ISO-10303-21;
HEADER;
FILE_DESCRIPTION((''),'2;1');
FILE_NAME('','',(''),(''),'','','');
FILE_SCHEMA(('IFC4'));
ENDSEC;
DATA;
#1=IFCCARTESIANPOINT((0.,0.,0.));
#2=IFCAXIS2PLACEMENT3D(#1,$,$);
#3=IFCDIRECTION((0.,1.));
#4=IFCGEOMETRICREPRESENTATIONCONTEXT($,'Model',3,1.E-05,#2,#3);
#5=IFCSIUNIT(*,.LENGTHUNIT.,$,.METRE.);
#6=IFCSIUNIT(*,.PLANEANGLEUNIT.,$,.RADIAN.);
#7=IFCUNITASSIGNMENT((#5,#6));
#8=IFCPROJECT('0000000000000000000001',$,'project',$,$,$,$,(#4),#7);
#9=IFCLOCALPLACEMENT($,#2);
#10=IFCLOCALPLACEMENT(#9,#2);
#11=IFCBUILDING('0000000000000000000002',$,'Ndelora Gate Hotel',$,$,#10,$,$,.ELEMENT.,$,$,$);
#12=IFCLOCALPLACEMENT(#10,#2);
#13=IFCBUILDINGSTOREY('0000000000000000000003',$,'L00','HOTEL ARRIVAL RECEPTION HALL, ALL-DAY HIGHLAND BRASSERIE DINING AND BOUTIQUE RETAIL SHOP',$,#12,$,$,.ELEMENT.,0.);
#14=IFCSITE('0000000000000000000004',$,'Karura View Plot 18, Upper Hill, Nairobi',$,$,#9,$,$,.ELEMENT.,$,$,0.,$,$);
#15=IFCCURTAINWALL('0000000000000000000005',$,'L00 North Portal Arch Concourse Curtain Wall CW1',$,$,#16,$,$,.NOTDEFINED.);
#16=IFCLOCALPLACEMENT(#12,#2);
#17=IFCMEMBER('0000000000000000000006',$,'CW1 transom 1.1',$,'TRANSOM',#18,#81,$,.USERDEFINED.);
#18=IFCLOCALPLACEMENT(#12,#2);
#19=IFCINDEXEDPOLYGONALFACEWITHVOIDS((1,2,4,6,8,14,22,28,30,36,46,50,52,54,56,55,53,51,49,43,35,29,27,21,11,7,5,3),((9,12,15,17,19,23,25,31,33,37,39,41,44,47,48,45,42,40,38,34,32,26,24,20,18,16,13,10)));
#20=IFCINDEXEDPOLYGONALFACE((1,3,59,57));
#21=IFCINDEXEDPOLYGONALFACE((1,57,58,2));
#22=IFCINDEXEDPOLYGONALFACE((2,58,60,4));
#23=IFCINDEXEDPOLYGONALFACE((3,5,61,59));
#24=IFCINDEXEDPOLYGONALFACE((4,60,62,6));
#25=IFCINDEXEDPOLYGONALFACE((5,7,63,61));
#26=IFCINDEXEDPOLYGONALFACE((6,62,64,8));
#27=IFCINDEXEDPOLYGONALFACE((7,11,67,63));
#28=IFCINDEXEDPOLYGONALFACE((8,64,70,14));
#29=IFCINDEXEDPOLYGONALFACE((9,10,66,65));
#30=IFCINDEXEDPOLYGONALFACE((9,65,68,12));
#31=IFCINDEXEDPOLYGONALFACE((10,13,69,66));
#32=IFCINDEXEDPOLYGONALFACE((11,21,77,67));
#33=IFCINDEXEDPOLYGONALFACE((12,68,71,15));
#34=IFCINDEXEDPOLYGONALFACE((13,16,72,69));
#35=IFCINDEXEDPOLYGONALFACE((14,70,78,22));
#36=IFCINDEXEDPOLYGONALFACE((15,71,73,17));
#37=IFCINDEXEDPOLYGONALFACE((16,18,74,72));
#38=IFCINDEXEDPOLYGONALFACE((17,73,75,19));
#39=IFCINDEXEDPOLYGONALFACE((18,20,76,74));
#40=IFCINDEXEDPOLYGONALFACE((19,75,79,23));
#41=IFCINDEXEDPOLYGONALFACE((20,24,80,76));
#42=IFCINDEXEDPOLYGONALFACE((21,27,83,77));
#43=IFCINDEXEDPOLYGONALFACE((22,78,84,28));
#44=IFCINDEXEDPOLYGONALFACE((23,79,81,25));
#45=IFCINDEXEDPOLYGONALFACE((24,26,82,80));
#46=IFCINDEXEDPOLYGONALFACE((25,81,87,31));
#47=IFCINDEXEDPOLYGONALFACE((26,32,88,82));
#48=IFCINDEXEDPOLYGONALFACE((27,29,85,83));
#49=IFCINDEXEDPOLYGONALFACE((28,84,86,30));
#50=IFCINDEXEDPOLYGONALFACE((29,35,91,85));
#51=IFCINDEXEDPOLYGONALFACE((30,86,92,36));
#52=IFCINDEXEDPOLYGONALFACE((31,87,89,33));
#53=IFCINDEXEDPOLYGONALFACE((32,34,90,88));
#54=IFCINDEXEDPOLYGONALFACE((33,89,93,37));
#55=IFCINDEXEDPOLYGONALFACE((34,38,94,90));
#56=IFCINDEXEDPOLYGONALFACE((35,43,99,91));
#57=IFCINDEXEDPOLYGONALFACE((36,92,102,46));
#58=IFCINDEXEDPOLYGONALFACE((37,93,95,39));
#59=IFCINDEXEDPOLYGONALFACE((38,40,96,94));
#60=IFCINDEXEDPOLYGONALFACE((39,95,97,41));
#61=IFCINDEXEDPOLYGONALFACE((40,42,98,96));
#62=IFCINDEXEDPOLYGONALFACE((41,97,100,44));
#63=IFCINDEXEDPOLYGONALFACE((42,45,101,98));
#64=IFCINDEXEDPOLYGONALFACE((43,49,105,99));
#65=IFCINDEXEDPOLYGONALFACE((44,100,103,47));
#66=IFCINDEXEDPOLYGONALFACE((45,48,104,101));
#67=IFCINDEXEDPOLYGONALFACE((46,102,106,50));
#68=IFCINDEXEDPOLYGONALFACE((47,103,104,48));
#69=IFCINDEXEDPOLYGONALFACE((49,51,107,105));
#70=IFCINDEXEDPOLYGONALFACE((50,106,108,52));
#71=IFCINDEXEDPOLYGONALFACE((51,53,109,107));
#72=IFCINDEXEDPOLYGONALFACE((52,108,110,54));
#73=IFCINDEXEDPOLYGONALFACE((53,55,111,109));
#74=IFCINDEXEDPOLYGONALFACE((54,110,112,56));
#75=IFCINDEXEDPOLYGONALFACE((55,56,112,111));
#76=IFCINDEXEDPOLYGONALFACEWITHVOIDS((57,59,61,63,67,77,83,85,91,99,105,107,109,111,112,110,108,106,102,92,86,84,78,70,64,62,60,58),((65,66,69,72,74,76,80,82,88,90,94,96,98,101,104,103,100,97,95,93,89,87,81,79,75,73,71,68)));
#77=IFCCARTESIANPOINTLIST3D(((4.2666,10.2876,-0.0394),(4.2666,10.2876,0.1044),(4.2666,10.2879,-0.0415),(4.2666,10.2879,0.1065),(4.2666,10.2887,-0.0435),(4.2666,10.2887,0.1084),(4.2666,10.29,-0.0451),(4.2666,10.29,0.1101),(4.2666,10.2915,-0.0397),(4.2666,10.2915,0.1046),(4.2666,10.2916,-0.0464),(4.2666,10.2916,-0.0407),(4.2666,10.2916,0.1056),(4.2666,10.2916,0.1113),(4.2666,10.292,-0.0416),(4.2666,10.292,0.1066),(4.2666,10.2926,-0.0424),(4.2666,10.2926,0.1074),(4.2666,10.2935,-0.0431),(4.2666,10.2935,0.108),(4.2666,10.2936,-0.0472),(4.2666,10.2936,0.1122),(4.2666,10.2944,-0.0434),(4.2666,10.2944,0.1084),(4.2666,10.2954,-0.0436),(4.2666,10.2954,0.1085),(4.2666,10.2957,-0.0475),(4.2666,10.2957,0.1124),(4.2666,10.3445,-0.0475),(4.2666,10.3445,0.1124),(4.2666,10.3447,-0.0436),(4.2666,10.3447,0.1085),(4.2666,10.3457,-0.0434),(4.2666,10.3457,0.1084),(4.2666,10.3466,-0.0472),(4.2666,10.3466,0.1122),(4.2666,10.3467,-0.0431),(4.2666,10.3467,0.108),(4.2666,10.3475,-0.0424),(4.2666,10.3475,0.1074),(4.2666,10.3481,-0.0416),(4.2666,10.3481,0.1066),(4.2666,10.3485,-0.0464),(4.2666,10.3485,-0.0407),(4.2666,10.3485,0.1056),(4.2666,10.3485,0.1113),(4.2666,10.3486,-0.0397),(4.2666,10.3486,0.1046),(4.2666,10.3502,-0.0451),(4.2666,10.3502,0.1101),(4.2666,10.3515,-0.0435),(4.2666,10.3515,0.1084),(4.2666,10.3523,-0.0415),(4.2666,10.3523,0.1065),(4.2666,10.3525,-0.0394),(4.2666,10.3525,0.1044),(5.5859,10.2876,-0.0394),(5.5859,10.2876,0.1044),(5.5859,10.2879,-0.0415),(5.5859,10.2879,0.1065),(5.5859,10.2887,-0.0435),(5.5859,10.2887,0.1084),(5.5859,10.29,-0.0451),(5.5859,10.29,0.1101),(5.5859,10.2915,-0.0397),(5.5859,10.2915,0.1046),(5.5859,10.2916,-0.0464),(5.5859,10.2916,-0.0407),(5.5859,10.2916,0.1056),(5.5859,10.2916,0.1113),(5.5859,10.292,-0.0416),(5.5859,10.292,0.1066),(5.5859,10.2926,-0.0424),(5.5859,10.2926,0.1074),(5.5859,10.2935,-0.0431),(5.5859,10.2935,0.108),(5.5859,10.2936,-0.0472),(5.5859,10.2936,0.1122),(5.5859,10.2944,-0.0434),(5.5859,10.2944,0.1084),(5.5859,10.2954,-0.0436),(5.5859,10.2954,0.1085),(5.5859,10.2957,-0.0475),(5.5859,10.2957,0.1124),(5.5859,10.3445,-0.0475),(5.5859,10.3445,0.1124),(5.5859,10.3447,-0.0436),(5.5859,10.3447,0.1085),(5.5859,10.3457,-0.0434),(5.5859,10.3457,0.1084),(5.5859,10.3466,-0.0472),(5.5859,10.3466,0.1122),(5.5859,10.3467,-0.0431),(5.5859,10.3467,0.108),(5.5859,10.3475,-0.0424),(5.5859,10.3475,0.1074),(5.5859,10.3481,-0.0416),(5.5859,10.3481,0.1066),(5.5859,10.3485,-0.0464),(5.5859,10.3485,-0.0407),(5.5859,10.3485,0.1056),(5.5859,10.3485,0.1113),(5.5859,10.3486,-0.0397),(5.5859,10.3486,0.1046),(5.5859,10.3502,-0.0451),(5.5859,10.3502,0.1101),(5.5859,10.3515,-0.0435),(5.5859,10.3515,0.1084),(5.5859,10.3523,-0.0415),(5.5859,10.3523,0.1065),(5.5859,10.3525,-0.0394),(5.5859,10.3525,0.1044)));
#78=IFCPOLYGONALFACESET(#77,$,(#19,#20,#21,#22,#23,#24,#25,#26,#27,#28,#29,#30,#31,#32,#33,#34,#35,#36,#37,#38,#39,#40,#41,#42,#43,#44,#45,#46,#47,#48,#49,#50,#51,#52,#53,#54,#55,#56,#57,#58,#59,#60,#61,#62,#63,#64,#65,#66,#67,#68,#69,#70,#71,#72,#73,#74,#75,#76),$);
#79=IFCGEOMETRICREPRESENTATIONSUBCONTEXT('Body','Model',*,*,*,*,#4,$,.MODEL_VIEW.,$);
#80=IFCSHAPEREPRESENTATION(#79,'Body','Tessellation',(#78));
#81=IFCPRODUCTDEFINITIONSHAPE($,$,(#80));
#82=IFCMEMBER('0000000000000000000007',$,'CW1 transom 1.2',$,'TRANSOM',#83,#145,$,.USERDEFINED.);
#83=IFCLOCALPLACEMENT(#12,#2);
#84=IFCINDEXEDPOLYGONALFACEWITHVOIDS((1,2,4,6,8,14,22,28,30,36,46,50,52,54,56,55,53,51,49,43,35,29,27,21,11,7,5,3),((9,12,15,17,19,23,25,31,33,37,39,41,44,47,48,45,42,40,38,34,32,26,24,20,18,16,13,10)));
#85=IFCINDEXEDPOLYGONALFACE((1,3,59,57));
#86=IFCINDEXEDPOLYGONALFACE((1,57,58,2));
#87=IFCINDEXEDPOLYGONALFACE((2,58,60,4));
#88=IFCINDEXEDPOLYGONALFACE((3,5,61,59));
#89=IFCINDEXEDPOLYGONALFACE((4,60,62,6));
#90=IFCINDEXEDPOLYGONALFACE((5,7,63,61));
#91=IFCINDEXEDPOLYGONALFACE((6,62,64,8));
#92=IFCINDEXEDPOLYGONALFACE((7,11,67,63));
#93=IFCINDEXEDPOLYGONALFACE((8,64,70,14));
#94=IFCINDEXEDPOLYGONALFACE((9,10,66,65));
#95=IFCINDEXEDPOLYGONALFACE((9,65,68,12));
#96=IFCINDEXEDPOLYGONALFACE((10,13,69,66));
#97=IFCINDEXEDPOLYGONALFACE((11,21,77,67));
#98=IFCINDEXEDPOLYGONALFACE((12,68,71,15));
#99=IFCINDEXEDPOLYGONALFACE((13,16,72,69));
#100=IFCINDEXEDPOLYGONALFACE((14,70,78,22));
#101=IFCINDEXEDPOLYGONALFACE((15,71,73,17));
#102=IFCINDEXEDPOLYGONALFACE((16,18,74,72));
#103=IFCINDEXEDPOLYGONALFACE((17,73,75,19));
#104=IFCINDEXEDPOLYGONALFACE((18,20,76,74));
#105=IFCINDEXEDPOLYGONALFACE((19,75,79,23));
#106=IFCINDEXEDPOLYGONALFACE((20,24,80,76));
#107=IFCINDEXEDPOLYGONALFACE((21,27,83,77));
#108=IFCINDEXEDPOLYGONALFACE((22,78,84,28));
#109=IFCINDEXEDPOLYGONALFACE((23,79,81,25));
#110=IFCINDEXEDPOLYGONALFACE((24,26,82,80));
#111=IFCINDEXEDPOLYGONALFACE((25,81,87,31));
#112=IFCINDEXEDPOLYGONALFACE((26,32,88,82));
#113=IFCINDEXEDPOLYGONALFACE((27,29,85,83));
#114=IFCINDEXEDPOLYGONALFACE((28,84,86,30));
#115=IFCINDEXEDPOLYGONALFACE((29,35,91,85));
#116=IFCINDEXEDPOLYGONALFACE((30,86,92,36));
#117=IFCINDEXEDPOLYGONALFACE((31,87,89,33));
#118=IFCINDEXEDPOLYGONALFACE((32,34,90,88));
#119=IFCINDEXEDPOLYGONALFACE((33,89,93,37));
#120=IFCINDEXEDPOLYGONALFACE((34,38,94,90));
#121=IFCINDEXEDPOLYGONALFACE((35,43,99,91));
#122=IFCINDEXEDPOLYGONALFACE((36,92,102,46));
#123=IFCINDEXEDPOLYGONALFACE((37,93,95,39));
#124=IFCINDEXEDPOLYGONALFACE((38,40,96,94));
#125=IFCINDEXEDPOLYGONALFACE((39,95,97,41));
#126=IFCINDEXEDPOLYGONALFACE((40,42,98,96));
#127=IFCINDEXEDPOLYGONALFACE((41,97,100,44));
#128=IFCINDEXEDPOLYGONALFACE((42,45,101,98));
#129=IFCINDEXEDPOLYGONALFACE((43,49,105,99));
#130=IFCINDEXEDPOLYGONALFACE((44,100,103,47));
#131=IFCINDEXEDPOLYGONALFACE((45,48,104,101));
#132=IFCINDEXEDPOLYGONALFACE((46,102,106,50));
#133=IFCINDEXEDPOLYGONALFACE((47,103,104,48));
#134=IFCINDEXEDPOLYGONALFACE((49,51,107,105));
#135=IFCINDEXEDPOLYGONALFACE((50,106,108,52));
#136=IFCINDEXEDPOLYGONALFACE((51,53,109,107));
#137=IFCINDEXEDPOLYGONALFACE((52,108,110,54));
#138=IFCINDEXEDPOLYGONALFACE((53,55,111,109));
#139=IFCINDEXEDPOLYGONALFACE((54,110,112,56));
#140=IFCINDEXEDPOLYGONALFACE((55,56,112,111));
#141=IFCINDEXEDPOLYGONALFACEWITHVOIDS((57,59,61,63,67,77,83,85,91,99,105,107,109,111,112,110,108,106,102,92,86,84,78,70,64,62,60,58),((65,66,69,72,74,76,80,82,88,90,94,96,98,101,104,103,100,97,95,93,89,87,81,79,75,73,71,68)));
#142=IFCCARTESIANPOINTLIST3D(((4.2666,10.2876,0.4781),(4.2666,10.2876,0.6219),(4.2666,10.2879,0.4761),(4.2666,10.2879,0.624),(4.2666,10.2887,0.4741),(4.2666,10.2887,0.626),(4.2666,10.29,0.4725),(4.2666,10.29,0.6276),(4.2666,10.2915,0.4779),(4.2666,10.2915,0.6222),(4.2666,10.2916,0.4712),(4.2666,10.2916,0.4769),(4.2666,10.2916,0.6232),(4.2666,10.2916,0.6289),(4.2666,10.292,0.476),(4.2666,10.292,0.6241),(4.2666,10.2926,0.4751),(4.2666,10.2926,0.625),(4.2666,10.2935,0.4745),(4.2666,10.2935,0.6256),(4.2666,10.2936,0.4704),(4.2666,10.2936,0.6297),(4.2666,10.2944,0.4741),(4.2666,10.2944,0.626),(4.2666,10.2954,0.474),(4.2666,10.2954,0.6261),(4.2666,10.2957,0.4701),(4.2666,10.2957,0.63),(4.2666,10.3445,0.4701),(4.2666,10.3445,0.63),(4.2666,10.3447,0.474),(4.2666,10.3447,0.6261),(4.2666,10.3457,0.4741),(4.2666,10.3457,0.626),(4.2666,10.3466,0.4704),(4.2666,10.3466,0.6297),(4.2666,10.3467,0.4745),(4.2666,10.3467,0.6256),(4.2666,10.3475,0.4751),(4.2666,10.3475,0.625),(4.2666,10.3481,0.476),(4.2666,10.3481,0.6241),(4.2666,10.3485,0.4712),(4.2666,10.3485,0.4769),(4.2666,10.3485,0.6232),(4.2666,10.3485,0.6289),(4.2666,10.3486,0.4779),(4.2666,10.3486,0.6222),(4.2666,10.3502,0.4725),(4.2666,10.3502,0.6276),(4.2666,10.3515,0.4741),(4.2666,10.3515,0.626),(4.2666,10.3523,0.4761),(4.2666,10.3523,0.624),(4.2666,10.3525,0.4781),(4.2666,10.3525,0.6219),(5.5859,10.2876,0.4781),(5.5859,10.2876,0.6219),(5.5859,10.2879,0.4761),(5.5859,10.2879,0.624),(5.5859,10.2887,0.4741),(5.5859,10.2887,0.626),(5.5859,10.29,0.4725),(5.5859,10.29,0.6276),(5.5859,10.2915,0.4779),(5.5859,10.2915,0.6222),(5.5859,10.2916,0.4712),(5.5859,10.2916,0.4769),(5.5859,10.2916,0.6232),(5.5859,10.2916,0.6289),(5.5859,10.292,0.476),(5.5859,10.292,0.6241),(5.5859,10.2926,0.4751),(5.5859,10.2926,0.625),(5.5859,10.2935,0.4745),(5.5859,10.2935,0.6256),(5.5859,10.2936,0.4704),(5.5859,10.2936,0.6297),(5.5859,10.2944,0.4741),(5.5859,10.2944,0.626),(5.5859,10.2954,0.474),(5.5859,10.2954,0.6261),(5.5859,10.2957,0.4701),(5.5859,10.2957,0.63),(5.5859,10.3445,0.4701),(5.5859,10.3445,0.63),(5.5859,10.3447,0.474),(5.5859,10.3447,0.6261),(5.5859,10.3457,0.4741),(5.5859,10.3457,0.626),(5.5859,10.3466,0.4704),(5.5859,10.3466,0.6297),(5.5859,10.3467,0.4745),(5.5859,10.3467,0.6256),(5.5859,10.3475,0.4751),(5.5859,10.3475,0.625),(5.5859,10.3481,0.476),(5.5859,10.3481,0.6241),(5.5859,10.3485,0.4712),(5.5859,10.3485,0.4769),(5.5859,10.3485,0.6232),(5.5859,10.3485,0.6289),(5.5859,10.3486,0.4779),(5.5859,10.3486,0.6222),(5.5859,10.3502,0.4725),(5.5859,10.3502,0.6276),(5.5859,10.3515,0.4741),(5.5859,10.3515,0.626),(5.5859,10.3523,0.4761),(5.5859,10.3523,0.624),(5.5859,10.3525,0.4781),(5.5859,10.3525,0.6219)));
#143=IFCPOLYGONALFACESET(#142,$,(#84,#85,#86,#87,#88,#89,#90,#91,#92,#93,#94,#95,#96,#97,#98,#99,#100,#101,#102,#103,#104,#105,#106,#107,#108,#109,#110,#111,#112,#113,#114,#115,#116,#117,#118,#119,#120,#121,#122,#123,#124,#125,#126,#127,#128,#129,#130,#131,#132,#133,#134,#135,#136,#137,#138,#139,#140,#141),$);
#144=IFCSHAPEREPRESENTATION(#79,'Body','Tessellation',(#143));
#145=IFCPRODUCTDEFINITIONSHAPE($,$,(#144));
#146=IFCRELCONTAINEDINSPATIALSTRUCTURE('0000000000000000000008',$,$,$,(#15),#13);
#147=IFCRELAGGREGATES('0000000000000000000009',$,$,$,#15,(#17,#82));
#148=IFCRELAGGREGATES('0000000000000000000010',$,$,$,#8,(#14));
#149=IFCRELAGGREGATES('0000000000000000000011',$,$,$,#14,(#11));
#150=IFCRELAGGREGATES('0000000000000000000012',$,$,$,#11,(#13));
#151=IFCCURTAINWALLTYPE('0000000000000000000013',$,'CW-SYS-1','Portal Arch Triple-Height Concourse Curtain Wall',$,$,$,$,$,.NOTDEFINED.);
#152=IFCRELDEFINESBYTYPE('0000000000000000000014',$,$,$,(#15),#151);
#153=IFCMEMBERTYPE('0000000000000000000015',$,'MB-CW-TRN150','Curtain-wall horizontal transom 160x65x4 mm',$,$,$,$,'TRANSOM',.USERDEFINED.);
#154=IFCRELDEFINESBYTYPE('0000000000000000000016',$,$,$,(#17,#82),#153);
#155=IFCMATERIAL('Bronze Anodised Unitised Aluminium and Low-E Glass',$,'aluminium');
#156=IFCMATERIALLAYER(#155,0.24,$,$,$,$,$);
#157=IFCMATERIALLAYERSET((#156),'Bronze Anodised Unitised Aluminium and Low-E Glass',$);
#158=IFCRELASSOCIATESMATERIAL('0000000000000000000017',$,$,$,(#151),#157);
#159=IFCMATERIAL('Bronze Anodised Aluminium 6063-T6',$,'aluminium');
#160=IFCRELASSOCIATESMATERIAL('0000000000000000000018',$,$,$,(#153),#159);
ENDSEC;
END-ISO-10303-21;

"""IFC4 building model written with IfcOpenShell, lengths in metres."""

from ifc_helpers import new_model, si_unit, direction, frame, origin, origin_2d, place, context, subcontext, project, spatial, hollow_rectangle, extrude, material, layer, layer_set, material_profile, profile_set, type_object, element, aggregate, save


model = new_model("IFC4")

# Units and contexts
model_context = context("Model", 3, precision=1e-05, world=origin(), true_north=direction((0.0, 1.0)))
body_context = subcontext(model_context, "Body", "Model", "MODEL_VIEW")
ifc_project = project(units=[si_unit("LENGTHUNIT", "METRE"), si_unit("PLANEANGLEUNIT", "RADIAN")], contexts=[model_context])

# Site, building, storey
site_placement = place(None, origin())
site = spatial("IfcSite", under=ifc_project, at=site_placement, Name="Karura View Plot 18, Upper Hill, Nairobi", CompositionType="ELEMENT", RefElevation=0.0)
building_placement = place(site_placement, origin())
building = spatial("IfcBuilding", under=site, at=building_placement, Name="Ndelora Gate Hotel", CompositionType="ELEMENT")
storey_placement = place(building_placement, origin())
storey = spatial("IfcBuildingStorey", under=building, at=storey_placement, Name="L00", Description="HOTEL ARRIVAL RECEPTION HALL, ALL-DAY HIGHLAND BRASSERIE DINING AND BOUTIQUE RETAIL SHOP", CompositionType="ELEMENT", Elevation=0.0)

# Curtain wall, members
ifc_material_1 = material(Name="Bronze Anodised Unitised Aluminium and Low-E Glass", Category="aluminium")
ifc_layer_1 = layer(ifc_material_1, 0.24)
ifc_layer_set_1 = layer_set([ifc_layer_1], Name="Bronze Anodised Unitised Aluminium and Low-E Glass")
curtain_wall_type = type_object("IfcCurtainWallType", Name="CW-SYS-1", Description="Portal Arch Triple-Height Concourse Curtain Wall", PredefinedType="NOTDEFINED", material=ifc_layer_set_1)
curtain_wall_placement = place(storey_placement, origin())
curtain_wall = element("IfcCurtainWall", 1, at=curtain_wall_placement, inside=storey, type_object=curtain_wall_type, Name="L00 North Portal Arch Concourse Curtain Wall CW1", PredefinedType="NOTDEFINED")
ifc_material_2 = material(Name="Bronze Anodised Aluminium 6063-T6", Category="aluminium")
ifc_material_profile_1 = material_profile(ifc_material_2, hollow_rectangle(XDim=0.0649, YDim=0.1599, WallThickness=0.0039, InnerFilletRadius=0.0039, OuterFilletRadius=0.0081, at=origin_2d()), Name="ALU 160x65x4")
ifc_profile_set_1 = profile_set([ifc_material_profile_1], Name="Bronze Anodised Aluminium 6063-T6")
member_type_1 = type_object("IfcMemberType", Name="MB-CW-TRN150", Description="Curtain-wall horizontal transom 160x65x4 mm", ElementType="TRANSOM", PredefinedType="USERDEFINED", material=ifc_profile_set_1)
member_1_placement = place(storey_placement, frame((5.5859, 10.3201, 0.0325), z_axis=(-1.0, 0.0, 0.0), x_axis=(0.0, -1.0, 0.0)))
member_1 = element("IfcMember", 2, at=member_1_placement, type_object=member_type_1, Name="CW1 transom 1.1", ObjectType="TRANSOM", PredefinedType="USERDEFINED", context=body_context, shape_type="SweptSolid", body=[
    extrude(hollow_rectangle(XDim=0.0649, YDim=0.1599, WallThickness=0.0039, InnerFilletRadius=0.0039, OuterFilletRadius=0.0081, at=origin_2d()), origin(), (0.0, 0.0, 1.0), 1.3193),
])
member_2_placement = place(storey_placement, frame((5.5859, 10.3201, 0.55), z_axis=(-1.0, 0.0, 0.0), x_axis=(0.0, -1.0, 0.0)))
member_2 = element("IfcMember", 3, at=member_2_placement, type_object=member_type_1, Name="CW1 transom 1.2", ObjectType="TRANSOM", PredefinedType="USERDEFINED", context=body_context, shape_type="SweptSolid", body=[
    extrude(hollow_rectangle(XDim=0.0649, YDim=0.1599, WallThickness=0.0039, InnerFilletRadius=0.0039, OuterFilletRadius=0.0081, at=origin_2d()), origin(), (0.0, 0.0, 1.0), 1.3193),
])
aggregate(curtain_wall, [member_1, member_2])

save(model, "model.ifc")
